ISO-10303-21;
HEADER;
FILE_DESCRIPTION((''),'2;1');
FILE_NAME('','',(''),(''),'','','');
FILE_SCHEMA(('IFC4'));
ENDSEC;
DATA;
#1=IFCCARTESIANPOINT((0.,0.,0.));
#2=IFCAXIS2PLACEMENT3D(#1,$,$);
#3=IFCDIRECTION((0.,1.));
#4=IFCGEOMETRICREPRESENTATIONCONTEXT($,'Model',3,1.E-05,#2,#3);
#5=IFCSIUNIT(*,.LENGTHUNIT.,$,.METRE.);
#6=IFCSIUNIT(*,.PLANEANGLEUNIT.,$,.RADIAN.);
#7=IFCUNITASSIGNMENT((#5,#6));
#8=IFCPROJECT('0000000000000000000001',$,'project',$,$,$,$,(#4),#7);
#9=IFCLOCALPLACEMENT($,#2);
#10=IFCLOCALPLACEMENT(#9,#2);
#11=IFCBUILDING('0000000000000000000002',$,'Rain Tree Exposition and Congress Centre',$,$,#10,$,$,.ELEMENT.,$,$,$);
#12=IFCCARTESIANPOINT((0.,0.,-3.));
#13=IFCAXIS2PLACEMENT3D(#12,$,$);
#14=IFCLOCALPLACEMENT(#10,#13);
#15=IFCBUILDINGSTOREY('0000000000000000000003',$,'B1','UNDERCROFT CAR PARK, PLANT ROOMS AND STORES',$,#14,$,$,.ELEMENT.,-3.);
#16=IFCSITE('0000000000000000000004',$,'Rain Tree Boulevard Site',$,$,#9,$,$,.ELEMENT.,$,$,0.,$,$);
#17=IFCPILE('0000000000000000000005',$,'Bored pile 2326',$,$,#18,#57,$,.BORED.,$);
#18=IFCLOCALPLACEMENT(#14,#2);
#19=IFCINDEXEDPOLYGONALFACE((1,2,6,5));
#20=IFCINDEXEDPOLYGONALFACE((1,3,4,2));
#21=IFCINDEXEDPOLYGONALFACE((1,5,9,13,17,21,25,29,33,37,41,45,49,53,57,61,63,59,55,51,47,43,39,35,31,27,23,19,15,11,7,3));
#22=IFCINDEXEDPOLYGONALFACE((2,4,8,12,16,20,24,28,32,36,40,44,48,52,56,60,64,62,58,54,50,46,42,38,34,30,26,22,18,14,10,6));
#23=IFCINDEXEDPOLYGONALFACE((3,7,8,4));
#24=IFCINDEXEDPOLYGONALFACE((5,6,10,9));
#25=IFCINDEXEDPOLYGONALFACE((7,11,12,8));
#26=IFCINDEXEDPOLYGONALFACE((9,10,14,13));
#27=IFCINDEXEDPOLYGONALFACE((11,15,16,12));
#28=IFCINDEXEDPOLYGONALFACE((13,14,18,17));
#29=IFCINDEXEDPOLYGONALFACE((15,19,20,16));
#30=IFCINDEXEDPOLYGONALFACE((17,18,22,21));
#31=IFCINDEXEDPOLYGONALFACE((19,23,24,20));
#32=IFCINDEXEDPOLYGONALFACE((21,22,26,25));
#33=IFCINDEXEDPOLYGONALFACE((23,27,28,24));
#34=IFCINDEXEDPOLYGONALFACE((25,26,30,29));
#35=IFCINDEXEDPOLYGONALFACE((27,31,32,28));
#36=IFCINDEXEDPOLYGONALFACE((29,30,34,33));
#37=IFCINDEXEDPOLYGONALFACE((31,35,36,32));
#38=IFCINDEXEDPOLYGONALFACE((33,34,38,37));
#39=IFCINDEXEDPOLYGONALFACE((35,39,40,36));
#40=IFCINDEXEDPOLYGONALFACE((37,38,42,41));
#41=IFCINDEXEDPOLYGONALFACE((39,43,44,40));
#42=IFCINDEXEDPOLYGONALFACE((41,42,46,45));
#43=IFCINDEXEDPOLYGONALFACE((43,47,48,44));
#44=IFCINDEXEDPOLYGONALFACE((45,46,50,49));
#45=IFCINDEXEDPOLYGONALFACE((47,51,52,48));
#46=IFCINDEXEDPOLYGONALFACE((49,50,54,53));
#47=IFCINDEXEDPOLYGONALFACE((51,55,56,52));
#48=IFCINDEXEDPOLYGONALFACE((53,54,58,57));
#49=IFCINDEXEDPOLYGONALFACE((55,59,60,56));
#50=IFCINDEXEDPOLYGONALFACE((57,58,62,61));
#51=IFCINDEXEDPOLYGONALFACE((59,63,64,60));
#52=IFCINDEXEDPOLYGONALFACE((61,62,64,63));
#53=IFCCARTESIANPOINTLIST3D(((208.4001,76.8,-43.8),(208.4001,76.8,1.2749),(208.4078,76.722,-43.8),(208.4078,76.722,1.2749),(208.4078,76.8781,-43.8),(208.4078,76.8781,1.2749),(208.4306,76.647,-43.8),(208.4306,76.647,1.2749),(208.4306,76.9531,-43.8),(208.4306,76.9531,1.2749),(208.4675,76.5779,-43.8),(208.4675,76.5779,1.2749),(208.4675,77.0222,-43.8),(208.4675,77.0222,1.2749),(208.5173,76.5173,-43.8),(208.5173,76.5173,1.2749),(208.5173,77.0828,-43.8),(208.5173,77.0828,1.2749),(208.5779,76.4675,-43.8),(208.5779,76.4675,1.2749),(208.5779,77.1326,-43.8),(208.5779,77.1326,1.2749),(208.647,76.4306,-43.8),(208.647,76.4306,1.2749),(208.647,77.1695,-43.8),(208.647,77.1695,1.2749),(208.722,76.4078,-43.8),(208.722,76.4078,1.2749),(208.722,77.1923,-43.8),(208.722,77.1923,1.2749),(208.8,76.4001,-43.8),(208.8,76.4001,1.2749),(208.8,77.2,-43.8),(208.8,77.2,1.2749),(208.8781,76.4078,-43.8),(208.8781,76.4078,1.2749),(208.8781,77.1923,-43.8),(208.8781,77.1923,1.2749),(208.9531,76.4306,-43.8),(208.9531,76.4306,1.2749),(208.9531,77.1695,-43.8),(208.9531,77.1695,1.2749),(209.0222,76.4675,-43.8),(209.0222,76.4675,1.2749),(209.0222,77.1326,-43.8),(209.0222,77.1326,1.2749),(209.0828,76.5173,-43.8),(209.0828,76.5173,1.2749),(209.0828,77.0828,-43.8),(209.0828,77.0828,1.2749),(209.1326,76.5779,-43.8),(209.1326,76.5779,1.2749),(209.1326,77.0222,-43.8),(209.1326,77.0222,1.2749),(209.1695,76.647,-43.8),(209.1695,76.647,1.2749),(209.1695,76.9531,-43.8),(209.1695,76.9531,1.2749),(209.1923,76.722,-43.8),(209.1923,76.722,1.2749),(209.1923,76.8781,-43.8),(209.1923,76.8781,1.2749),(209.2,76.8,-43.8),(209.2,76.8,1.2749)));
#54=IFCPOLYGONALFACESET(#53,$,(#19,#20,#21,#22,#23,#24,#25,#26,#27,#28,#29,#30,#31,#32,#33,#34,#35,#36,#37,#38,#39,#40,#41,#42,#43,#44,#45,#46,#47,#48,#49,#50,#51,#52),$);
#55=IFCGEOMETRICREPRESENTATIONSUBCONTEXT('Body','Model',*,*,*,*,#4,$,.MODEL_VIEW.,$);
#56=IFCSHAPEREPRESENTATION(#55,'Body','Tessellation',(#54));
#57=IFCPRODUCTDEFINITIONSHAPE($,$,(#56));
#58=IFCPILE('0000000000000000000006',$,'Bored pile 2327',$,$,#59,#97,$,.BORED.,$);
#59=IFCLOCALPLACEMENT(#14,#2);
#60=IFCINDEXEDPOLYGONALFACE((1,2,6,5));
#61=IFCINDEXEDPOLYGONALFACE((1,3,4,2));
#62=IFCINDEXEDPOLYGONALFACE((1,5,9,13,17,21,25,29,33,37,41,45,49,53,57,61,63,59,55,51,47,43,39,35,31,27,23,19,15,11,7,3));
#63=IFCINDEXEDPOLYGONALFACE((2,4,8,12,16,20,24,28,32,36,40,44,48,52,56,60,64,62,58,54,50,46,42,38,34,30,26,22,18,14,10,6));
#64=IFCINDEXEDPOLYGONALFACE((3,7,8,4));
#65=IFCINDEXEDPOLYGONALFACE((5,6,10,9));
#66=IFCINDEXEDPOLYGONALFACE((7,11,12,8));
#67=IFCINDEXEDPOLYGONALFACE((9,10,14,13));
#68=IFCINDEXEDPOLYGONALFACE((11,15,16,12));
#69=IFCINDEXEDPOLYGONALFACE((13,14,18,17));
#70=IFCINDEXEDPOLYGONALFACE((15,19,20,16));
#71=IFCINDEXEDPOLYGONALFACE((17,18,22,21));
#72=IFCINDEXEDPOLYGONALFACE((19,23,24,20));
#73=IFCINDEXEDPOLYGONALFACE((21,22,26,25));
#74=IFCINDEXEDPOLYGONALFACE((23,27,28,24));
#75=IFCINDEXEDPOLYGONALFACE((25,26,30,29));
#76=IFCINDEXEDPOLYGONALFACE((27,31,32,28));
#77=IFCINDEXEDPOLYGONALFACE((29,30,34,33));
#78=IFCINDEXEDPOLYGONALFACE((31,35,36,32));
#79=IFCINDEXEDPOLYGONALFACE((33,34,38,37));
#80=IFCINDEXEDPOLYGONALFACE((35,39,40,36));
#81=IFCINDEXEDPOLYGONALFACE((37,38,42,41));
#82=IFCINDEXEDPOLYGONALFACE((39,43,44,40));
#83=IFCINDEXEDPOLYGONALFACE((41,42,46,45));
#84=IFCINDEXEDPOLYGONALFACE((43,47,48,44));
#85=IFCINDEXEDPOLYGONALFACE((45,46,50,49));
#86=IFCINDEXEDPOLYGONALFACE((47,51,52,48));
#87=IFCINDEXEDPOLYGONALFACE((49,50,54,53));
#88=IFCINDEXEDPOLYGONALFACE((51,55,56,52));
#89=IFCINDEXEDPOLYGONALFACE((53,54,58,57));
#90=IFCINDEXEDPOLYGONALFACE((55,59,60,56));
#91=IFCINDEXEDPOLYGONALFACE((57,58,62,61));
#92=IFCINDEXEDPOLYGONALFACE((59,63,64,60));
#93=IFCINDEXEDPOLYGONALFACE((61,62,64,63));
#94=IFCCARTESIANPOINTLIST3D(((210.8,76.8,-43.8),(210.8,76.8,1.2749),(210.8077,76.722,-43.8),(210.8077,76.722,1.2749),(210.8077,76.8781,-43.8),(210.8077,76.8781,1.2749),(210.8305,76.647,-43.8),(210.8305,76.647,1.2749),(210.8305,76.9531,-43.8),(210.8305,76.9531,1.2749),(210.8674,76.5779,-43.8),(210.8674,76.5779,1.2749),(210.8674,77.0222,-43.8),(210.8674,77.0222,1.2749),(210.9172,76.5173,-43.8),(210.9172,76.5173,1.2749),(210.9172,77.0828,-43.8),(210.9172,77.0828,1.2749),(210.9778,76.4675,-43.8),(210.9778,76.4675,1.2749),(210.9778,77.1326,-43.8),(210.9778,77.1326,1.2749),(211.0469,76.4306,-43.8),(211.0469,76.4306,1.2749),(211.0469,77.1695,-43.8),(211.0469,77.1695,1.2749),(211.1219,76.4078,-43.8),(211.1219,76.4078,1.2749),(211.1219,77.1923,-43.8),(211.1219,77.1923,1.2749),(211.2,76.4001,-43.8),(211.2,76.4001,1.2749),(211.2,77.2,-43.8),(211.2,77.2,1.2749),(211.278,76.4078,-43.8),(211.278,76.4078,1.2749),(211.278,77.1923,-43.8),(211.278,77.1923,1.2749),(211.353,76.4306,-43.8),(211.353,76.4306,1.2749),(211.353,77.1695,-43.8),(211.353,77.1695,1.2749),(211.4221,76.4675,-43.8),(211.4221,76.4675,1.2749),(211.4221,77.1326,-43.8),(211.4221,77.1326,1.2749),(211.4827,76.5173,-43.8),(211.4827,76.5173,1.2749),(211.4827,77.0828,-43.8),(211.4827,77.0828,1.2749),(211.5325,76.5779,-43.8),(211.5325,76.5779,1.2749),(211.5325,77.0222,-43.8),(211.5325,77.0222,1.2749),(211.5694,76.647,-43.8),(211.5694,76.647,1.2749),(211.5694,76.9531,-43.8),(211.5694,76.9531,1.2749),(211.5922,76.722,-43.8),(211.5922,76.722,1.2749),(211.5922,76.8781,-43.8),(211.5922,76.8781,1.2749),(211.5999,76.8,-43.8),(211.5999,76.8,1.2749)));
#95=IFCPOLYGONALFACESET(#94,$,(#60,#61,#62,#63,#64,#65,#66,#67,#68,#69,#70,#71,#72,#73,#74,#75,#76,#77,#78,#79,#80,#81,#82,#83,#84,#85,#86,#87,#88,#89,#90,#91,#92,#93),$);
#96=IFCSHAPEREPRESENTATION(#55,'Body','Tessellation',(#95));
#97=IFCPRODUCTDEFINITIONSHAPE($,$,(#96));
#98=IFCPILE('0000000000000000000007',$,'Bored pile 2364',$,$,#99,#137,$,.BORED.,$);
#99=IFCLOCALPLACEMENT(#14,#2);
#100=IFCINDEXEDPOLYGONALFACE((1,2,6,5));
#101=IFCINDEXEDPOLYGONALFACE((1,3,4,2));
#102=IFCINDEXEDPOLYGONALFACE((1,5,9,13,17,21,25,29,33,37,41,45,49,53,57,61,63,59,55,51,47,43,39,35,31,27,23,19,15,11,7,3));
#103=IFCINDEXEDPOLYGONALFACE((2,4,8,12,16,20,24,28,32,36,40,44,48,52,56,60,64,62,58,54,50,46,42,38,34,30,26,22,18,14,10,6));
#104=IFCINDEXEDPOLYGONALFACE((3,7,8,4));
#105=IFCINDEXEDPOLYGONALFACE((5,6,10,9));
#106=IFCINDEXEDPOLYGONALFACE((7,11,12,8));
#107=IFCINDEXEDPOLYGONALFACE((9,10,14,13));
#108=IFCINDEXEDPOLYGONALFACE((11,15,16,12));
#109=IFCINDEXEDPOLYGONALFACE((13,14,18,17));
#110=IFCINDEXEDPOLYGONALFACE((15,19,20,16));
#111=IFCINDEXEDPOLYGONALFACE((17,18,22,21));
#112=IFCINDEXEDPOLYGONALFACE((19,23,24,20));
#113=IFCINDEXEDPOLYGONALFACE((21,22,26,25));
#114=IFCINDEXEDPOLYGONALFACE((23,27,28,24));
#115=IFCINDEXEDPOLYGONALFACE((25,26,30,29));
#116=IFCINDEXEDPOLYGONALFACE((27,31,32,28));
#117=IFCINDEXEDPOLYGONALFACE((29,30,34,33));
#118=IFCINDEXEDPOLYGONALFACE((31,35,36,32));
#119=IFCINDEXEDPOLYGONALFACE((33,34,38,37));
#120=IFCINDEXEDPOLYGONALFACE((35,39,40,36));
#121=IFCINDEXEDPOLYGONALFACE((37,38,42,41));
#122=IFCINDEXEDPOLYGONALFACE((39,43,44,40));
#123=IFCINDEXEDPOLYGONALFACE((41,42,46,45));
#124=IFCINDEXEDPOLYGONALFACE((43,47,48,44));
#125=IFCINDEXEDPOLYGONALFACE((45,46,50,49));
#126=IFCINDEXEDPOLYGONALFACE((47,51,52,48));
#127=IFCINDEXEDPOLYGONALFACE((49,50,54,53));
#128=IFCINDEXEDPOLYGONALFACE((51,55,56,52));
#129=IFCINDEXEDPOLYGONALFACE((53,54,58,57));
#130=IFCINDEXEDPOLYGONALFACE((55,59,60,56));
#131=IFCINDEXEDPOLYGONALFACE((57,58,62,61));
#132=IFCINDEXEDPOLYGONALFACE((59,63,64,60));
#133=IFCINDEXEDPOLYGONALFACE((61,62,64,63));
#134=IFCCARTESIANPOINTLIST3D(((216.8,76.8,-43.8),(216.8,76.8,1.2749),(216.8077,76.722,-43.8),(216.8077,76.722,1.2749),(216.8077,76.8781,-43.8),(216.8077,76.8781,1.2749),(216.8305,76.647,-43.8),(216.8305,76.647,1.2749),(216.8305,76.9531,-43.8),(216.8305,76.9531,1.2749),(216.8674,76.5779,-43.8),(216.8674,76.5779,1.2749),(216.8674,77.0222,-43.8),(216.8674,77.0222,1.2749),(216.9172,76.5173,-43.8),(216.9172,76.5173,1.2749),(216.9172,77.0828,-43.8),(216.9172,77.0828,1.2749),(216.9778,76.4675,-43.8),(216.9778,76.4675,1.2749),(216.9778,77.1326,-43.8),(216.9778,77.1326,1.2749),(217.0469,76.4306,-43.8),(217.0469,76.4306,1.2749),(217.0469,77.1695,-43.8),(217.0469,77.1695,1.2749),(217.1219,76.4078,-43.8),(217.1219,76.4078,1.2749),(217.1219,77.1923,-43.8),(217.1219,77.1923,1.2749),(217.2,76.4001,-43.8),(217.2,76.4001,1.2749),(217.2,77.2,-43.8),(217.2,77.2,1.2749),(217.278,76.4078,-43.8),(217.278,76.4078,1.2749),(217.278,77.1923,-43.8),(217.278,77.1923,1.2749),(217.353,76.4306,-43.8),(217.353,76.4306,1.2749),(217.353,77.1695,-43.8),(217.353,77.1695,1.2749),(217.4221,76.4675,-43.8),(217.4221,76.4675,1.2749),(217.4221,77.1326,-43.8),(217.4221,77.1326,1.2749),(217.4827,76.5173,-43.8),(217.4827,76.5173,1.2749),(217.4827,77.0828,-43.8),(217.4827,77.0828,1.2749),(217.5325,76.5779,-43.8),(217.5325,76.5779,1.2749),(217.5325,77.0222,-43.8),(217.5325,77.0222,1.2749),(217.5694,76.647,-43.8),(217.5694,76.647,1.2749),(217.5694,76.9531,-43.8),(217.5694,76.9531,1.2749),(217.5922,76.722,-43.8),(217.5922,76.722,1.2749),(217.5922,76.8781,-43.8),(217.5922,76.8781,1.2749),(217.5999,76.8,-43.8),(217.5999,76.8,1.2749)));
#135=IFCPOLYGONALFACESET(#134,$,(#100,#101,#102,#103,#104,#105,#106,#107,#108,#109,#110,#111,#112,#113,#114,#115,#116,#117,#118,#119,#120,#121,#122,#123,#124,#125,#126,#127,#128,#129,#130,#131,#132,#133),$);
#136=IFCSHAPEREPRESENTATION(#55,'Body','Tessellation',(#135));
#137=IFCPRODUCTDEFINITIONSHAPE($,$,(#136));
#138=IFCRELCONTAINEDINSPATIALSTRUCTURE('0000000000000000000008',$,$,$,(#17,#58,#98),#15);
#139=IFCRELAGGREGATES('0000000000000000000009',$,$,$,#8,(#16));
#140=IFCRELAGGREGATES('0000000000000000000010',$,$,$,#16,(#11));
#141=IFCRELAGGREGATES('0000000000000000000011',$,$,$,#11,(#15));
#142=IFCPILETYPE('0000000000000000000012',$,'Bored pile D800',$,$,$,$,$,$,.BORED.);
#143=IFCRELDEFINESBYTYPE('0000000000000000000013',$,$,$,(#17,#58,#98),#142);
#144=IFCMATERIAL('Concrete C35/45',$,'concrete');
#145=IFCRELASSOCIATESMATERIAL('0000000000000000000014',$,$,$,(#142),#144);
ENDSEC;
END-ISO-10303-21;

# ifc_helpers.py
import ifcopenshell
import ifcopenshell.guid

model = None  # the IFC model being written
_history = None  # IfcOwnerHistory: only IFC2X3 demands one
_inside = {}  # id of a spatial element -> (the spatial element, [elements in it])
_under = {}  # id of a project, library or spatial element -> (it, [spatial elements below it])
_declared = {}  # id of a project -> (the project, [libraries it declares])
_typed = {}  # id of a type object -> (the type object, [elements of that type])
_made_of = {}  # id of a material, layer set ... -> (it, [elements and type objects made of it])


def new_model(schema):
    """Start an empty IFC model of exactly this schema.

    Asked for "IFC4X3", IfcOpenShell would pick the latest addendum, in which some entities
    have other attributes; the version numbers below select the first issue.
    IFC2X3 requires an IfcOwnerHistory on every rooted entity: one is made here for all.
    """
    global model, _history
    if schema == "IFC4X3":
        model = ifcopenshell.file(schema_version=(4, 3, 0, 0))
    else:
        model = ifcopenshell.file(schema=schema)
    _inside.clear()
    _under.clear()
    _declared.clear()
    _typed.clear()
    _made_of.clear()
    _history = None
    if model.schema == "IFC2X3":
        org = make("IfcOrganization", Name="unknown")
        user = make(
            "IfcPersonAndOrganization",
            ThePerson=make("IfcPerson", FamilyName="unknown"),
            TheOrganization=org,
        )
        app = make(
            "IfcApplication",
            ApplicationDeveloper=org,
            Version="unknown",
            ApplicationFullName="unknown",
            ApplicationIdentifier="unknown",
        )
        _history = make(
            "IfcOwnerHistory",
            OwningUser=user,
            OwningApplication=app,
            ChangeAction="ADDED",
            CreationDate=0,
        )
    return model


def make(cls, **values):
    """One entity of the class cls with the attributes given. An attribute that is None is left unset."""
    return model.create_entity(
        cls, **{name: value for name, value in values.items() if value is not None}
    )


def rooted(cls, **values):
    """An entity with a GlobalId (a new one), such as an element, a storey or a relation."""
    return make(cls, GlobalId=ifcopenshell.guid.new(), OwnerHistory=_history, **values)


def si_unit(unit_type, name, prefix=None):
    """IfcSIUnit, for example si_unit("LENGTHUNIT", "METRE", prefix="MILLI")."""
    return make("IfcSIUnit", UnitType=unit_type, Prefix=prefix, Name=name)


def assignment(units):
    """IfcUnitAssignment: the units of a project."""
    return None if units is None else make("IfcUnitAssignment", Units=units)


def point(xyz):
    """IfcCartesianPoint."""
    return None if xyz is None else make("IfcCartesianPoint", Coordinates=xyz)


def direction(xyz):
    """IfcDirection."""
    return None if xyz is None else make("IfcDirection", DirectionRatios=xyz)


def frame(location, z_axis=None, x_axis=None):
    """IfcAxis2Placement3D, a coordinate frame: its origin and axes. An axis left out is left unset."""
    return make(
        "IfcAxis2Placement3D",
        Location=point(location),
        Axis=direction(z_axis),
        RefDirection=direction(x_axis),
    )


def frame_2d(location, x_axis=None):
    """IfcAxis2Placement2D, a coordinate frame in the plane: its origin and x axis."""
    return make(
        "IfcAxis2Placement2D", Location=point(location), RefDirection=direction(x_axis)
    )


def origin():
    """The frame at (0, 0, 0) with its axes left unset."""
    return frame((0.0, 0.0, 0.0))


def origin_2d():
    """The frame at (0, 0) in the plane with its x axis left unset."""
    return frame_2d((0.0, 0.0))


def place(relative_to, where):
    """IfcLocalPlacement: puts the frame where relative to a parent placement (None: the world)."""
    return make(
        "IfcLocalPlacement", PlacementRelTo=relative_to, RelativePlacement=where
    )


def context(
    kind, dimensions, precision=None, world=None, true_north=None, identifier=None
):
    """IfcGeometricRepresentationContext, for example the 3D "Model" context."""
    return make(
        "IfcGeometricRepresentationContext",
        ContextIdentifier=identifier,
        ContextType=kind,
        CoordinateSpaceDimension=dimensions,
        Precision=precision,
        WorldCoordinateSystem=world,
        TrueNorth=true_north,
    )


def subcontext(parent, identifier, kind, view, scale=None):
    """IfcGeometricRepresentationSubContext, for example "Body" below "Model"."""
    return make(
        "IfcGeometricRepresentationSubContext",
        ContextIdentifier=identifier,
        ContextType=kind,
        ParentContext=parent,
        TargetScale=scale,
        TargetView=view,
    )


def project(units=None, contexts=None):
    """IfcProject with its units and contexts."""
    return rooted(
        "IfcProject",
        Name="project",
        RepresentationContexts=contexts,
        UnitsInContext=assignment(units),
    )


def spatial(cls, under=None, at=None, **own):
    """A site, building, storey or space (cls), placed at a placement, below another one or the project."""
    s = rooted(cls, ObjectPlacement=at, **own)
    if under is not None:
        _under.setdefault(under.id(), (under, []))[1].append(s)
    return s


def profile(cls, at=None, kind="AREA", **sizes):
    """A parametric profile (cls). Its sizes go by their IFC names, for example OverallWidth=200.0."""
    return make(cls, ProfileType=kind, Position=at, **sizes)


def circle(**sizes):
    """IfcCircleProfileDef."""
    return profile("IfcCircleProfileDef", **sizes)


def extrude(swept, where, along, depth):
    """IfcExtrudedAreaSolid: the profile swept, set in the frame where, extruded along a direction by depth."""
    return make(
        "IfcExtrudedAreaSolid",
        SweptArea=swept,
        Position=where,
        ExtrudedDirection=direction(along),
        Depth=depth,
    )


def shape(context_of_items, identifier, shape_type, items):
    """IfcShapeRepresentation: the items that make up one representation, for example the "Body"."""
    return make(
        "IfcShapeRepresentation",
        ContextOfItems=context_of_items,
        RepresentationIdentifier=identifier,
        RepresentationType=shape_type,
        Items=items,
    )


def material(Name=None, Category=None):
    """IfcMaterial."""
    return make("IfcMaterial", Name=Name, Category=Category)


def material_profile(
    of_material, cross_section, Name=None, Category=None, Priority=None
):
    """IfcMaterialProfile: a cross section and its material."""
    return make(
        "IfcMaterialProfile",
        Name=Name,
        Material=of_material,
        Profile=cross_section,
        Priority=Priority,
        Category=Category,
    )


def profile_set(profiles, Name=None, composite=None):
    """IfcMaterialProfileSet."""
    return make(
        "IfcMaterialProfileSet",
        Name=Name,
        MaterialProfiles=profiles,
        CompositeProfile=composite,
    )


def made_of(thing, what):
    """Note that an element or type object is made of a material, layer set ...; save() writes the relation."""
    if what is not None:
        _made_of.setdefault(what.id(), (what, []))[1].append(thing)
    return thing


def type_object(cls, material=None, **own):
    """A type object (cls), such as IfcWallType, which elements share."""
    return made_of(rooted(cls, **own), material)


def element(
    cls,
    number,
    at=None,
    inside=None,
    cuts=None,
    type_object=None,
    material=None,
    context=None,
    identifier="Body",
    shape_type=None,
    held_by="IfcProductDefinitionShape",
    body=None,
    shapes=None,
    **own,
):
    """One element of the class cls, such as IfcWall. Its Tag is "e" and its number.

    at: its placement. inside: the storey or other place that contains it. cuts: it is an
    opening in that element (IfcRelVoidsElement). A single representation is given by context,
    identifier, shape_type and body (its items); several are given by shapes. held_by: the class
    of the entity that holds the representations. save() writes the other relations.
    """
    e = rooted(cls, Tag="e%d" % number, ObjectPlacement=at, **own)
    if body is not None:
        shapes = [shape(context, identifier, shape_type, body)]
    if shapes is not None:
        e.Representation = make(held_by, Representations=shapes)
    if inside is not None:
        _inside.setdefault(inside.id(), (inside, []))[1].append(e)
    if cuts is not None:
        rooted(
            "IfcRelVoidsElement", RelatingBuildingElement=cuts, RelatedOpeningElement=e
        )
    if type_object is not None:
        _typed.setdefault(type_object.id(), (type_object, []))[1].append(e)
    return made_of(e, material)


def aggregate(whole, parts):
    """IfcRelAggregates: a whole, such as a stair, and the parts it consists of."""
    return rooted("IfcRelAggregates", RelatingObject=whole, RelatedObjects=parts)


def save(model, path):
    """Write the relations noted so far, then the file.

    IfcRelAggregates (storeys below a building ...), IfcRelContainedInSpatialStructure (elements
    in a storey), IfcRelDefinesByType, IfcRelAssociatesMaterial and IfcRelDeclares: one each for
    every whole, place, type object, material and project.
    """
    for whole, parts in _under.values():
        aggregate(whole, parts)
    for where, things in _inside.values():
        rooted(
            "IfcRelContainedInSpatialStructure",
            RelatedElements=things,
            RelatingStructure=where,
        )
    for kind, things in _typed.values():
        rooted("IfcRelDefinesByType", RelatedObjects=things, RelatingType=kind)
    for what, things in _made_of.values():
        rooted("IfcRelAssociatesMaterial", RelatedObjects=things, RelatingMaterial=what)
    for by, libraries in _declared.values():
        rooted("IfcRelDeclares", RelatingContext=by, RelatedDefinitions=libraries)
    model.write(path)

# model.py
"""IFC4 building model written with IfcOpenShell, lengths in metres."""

from ifc_helpers import new_model, si_unit, direction, frame, origin, origin_2d, place, context, subcontext, project, spatial, circle, extrude, material, material_profile, profile_set, type_object, element, save


model = new_model("IFC4")

# Units and contexts
model_context = context("Model", 3, precision=1e-05, world=origin(), true_north=direction((0.0, 1.0)))
body_context = subcontext(model_context, "Body", "Model", "MODEL_VIEW")
ifc_project = project(units=[si_unit("LENGTHUNIT", "METRE"), si_unit("PLANEANGLEUNIT", "RADIAN")], contexts=[model_context])

# Site, building, storey
site_placement = place(None, origin())
site = spatial("IfcSite", under=ifc_project, at=site_placement, Name="Rain Tree Boulevard Site", CompositionType="ELEMENT", RefElevation=0.0)
building_placement = place(site_placement, origin())
building = spatial("IfcBuilding", under=site, at=building_placement, Name="Rain Tree Exposition and Congress Centre", CompositionType="ELEMENT")
storey_placement = place(building_placement, frame((0.0, 0.0, -3.0)))
storey = spatial("IfcBuildingStorey", under=building, at=storey_placement, Name="B1", Description="UNDERCROFT CAR PARK, PLANT ROOMS AND STORES", CompositionType="ELEMENT", Elevation=-3.0)

# Piles
ifc_material_1 = material(Name="Concrete C35/45", Category="concrete")
ifc_material_profile_1 = material_profile(ifc_material_1, circle(Radius=0.3999, at=origin_2d()), Name="D800")
ifc_profile_set_1 = profile_set([ifc_material_profile_1], Name="Concrete C35/45")
pile_type_1 = type_object("IfcPileType", Name="Bored pile D800", PredefinedType="BORED", material=ifc_profile_set_1)
for number, where, z_axis, x_axis, name in (
    (1, (208.8, 76.8, 1.2749), (0.0, 0.0, -1.0), (1.0, 0.0, 0.0), "Bored pile 2326"),
    (2, (211.2, 76.8, 1.2749), (0.0, 0.0, -1.0), (1.0, 0.0, 0.0), "Bored pile 2327"),
    (3, (217.2, 76.8, 1.2749), (0.0, 0.0, -1.0), (1.0, 0.0, 0.0), "Bored pile 2364"),
):
    element("IfcPile", number, at=place(storey_placement, frame(where, z_axis=z_axis, x_axis=x_axis)), inside=storey, type_object=pile_type_1, Name=name, PredefinedType="BORED", context=body_context, shape_type="SweptSolid", body=[
        extrude(circle(Radius=0.3999, at=origin_2d()), origin(), (0.0, 0.0, 1.0), 45.075),
    ])

save(model, "model.ifc")
